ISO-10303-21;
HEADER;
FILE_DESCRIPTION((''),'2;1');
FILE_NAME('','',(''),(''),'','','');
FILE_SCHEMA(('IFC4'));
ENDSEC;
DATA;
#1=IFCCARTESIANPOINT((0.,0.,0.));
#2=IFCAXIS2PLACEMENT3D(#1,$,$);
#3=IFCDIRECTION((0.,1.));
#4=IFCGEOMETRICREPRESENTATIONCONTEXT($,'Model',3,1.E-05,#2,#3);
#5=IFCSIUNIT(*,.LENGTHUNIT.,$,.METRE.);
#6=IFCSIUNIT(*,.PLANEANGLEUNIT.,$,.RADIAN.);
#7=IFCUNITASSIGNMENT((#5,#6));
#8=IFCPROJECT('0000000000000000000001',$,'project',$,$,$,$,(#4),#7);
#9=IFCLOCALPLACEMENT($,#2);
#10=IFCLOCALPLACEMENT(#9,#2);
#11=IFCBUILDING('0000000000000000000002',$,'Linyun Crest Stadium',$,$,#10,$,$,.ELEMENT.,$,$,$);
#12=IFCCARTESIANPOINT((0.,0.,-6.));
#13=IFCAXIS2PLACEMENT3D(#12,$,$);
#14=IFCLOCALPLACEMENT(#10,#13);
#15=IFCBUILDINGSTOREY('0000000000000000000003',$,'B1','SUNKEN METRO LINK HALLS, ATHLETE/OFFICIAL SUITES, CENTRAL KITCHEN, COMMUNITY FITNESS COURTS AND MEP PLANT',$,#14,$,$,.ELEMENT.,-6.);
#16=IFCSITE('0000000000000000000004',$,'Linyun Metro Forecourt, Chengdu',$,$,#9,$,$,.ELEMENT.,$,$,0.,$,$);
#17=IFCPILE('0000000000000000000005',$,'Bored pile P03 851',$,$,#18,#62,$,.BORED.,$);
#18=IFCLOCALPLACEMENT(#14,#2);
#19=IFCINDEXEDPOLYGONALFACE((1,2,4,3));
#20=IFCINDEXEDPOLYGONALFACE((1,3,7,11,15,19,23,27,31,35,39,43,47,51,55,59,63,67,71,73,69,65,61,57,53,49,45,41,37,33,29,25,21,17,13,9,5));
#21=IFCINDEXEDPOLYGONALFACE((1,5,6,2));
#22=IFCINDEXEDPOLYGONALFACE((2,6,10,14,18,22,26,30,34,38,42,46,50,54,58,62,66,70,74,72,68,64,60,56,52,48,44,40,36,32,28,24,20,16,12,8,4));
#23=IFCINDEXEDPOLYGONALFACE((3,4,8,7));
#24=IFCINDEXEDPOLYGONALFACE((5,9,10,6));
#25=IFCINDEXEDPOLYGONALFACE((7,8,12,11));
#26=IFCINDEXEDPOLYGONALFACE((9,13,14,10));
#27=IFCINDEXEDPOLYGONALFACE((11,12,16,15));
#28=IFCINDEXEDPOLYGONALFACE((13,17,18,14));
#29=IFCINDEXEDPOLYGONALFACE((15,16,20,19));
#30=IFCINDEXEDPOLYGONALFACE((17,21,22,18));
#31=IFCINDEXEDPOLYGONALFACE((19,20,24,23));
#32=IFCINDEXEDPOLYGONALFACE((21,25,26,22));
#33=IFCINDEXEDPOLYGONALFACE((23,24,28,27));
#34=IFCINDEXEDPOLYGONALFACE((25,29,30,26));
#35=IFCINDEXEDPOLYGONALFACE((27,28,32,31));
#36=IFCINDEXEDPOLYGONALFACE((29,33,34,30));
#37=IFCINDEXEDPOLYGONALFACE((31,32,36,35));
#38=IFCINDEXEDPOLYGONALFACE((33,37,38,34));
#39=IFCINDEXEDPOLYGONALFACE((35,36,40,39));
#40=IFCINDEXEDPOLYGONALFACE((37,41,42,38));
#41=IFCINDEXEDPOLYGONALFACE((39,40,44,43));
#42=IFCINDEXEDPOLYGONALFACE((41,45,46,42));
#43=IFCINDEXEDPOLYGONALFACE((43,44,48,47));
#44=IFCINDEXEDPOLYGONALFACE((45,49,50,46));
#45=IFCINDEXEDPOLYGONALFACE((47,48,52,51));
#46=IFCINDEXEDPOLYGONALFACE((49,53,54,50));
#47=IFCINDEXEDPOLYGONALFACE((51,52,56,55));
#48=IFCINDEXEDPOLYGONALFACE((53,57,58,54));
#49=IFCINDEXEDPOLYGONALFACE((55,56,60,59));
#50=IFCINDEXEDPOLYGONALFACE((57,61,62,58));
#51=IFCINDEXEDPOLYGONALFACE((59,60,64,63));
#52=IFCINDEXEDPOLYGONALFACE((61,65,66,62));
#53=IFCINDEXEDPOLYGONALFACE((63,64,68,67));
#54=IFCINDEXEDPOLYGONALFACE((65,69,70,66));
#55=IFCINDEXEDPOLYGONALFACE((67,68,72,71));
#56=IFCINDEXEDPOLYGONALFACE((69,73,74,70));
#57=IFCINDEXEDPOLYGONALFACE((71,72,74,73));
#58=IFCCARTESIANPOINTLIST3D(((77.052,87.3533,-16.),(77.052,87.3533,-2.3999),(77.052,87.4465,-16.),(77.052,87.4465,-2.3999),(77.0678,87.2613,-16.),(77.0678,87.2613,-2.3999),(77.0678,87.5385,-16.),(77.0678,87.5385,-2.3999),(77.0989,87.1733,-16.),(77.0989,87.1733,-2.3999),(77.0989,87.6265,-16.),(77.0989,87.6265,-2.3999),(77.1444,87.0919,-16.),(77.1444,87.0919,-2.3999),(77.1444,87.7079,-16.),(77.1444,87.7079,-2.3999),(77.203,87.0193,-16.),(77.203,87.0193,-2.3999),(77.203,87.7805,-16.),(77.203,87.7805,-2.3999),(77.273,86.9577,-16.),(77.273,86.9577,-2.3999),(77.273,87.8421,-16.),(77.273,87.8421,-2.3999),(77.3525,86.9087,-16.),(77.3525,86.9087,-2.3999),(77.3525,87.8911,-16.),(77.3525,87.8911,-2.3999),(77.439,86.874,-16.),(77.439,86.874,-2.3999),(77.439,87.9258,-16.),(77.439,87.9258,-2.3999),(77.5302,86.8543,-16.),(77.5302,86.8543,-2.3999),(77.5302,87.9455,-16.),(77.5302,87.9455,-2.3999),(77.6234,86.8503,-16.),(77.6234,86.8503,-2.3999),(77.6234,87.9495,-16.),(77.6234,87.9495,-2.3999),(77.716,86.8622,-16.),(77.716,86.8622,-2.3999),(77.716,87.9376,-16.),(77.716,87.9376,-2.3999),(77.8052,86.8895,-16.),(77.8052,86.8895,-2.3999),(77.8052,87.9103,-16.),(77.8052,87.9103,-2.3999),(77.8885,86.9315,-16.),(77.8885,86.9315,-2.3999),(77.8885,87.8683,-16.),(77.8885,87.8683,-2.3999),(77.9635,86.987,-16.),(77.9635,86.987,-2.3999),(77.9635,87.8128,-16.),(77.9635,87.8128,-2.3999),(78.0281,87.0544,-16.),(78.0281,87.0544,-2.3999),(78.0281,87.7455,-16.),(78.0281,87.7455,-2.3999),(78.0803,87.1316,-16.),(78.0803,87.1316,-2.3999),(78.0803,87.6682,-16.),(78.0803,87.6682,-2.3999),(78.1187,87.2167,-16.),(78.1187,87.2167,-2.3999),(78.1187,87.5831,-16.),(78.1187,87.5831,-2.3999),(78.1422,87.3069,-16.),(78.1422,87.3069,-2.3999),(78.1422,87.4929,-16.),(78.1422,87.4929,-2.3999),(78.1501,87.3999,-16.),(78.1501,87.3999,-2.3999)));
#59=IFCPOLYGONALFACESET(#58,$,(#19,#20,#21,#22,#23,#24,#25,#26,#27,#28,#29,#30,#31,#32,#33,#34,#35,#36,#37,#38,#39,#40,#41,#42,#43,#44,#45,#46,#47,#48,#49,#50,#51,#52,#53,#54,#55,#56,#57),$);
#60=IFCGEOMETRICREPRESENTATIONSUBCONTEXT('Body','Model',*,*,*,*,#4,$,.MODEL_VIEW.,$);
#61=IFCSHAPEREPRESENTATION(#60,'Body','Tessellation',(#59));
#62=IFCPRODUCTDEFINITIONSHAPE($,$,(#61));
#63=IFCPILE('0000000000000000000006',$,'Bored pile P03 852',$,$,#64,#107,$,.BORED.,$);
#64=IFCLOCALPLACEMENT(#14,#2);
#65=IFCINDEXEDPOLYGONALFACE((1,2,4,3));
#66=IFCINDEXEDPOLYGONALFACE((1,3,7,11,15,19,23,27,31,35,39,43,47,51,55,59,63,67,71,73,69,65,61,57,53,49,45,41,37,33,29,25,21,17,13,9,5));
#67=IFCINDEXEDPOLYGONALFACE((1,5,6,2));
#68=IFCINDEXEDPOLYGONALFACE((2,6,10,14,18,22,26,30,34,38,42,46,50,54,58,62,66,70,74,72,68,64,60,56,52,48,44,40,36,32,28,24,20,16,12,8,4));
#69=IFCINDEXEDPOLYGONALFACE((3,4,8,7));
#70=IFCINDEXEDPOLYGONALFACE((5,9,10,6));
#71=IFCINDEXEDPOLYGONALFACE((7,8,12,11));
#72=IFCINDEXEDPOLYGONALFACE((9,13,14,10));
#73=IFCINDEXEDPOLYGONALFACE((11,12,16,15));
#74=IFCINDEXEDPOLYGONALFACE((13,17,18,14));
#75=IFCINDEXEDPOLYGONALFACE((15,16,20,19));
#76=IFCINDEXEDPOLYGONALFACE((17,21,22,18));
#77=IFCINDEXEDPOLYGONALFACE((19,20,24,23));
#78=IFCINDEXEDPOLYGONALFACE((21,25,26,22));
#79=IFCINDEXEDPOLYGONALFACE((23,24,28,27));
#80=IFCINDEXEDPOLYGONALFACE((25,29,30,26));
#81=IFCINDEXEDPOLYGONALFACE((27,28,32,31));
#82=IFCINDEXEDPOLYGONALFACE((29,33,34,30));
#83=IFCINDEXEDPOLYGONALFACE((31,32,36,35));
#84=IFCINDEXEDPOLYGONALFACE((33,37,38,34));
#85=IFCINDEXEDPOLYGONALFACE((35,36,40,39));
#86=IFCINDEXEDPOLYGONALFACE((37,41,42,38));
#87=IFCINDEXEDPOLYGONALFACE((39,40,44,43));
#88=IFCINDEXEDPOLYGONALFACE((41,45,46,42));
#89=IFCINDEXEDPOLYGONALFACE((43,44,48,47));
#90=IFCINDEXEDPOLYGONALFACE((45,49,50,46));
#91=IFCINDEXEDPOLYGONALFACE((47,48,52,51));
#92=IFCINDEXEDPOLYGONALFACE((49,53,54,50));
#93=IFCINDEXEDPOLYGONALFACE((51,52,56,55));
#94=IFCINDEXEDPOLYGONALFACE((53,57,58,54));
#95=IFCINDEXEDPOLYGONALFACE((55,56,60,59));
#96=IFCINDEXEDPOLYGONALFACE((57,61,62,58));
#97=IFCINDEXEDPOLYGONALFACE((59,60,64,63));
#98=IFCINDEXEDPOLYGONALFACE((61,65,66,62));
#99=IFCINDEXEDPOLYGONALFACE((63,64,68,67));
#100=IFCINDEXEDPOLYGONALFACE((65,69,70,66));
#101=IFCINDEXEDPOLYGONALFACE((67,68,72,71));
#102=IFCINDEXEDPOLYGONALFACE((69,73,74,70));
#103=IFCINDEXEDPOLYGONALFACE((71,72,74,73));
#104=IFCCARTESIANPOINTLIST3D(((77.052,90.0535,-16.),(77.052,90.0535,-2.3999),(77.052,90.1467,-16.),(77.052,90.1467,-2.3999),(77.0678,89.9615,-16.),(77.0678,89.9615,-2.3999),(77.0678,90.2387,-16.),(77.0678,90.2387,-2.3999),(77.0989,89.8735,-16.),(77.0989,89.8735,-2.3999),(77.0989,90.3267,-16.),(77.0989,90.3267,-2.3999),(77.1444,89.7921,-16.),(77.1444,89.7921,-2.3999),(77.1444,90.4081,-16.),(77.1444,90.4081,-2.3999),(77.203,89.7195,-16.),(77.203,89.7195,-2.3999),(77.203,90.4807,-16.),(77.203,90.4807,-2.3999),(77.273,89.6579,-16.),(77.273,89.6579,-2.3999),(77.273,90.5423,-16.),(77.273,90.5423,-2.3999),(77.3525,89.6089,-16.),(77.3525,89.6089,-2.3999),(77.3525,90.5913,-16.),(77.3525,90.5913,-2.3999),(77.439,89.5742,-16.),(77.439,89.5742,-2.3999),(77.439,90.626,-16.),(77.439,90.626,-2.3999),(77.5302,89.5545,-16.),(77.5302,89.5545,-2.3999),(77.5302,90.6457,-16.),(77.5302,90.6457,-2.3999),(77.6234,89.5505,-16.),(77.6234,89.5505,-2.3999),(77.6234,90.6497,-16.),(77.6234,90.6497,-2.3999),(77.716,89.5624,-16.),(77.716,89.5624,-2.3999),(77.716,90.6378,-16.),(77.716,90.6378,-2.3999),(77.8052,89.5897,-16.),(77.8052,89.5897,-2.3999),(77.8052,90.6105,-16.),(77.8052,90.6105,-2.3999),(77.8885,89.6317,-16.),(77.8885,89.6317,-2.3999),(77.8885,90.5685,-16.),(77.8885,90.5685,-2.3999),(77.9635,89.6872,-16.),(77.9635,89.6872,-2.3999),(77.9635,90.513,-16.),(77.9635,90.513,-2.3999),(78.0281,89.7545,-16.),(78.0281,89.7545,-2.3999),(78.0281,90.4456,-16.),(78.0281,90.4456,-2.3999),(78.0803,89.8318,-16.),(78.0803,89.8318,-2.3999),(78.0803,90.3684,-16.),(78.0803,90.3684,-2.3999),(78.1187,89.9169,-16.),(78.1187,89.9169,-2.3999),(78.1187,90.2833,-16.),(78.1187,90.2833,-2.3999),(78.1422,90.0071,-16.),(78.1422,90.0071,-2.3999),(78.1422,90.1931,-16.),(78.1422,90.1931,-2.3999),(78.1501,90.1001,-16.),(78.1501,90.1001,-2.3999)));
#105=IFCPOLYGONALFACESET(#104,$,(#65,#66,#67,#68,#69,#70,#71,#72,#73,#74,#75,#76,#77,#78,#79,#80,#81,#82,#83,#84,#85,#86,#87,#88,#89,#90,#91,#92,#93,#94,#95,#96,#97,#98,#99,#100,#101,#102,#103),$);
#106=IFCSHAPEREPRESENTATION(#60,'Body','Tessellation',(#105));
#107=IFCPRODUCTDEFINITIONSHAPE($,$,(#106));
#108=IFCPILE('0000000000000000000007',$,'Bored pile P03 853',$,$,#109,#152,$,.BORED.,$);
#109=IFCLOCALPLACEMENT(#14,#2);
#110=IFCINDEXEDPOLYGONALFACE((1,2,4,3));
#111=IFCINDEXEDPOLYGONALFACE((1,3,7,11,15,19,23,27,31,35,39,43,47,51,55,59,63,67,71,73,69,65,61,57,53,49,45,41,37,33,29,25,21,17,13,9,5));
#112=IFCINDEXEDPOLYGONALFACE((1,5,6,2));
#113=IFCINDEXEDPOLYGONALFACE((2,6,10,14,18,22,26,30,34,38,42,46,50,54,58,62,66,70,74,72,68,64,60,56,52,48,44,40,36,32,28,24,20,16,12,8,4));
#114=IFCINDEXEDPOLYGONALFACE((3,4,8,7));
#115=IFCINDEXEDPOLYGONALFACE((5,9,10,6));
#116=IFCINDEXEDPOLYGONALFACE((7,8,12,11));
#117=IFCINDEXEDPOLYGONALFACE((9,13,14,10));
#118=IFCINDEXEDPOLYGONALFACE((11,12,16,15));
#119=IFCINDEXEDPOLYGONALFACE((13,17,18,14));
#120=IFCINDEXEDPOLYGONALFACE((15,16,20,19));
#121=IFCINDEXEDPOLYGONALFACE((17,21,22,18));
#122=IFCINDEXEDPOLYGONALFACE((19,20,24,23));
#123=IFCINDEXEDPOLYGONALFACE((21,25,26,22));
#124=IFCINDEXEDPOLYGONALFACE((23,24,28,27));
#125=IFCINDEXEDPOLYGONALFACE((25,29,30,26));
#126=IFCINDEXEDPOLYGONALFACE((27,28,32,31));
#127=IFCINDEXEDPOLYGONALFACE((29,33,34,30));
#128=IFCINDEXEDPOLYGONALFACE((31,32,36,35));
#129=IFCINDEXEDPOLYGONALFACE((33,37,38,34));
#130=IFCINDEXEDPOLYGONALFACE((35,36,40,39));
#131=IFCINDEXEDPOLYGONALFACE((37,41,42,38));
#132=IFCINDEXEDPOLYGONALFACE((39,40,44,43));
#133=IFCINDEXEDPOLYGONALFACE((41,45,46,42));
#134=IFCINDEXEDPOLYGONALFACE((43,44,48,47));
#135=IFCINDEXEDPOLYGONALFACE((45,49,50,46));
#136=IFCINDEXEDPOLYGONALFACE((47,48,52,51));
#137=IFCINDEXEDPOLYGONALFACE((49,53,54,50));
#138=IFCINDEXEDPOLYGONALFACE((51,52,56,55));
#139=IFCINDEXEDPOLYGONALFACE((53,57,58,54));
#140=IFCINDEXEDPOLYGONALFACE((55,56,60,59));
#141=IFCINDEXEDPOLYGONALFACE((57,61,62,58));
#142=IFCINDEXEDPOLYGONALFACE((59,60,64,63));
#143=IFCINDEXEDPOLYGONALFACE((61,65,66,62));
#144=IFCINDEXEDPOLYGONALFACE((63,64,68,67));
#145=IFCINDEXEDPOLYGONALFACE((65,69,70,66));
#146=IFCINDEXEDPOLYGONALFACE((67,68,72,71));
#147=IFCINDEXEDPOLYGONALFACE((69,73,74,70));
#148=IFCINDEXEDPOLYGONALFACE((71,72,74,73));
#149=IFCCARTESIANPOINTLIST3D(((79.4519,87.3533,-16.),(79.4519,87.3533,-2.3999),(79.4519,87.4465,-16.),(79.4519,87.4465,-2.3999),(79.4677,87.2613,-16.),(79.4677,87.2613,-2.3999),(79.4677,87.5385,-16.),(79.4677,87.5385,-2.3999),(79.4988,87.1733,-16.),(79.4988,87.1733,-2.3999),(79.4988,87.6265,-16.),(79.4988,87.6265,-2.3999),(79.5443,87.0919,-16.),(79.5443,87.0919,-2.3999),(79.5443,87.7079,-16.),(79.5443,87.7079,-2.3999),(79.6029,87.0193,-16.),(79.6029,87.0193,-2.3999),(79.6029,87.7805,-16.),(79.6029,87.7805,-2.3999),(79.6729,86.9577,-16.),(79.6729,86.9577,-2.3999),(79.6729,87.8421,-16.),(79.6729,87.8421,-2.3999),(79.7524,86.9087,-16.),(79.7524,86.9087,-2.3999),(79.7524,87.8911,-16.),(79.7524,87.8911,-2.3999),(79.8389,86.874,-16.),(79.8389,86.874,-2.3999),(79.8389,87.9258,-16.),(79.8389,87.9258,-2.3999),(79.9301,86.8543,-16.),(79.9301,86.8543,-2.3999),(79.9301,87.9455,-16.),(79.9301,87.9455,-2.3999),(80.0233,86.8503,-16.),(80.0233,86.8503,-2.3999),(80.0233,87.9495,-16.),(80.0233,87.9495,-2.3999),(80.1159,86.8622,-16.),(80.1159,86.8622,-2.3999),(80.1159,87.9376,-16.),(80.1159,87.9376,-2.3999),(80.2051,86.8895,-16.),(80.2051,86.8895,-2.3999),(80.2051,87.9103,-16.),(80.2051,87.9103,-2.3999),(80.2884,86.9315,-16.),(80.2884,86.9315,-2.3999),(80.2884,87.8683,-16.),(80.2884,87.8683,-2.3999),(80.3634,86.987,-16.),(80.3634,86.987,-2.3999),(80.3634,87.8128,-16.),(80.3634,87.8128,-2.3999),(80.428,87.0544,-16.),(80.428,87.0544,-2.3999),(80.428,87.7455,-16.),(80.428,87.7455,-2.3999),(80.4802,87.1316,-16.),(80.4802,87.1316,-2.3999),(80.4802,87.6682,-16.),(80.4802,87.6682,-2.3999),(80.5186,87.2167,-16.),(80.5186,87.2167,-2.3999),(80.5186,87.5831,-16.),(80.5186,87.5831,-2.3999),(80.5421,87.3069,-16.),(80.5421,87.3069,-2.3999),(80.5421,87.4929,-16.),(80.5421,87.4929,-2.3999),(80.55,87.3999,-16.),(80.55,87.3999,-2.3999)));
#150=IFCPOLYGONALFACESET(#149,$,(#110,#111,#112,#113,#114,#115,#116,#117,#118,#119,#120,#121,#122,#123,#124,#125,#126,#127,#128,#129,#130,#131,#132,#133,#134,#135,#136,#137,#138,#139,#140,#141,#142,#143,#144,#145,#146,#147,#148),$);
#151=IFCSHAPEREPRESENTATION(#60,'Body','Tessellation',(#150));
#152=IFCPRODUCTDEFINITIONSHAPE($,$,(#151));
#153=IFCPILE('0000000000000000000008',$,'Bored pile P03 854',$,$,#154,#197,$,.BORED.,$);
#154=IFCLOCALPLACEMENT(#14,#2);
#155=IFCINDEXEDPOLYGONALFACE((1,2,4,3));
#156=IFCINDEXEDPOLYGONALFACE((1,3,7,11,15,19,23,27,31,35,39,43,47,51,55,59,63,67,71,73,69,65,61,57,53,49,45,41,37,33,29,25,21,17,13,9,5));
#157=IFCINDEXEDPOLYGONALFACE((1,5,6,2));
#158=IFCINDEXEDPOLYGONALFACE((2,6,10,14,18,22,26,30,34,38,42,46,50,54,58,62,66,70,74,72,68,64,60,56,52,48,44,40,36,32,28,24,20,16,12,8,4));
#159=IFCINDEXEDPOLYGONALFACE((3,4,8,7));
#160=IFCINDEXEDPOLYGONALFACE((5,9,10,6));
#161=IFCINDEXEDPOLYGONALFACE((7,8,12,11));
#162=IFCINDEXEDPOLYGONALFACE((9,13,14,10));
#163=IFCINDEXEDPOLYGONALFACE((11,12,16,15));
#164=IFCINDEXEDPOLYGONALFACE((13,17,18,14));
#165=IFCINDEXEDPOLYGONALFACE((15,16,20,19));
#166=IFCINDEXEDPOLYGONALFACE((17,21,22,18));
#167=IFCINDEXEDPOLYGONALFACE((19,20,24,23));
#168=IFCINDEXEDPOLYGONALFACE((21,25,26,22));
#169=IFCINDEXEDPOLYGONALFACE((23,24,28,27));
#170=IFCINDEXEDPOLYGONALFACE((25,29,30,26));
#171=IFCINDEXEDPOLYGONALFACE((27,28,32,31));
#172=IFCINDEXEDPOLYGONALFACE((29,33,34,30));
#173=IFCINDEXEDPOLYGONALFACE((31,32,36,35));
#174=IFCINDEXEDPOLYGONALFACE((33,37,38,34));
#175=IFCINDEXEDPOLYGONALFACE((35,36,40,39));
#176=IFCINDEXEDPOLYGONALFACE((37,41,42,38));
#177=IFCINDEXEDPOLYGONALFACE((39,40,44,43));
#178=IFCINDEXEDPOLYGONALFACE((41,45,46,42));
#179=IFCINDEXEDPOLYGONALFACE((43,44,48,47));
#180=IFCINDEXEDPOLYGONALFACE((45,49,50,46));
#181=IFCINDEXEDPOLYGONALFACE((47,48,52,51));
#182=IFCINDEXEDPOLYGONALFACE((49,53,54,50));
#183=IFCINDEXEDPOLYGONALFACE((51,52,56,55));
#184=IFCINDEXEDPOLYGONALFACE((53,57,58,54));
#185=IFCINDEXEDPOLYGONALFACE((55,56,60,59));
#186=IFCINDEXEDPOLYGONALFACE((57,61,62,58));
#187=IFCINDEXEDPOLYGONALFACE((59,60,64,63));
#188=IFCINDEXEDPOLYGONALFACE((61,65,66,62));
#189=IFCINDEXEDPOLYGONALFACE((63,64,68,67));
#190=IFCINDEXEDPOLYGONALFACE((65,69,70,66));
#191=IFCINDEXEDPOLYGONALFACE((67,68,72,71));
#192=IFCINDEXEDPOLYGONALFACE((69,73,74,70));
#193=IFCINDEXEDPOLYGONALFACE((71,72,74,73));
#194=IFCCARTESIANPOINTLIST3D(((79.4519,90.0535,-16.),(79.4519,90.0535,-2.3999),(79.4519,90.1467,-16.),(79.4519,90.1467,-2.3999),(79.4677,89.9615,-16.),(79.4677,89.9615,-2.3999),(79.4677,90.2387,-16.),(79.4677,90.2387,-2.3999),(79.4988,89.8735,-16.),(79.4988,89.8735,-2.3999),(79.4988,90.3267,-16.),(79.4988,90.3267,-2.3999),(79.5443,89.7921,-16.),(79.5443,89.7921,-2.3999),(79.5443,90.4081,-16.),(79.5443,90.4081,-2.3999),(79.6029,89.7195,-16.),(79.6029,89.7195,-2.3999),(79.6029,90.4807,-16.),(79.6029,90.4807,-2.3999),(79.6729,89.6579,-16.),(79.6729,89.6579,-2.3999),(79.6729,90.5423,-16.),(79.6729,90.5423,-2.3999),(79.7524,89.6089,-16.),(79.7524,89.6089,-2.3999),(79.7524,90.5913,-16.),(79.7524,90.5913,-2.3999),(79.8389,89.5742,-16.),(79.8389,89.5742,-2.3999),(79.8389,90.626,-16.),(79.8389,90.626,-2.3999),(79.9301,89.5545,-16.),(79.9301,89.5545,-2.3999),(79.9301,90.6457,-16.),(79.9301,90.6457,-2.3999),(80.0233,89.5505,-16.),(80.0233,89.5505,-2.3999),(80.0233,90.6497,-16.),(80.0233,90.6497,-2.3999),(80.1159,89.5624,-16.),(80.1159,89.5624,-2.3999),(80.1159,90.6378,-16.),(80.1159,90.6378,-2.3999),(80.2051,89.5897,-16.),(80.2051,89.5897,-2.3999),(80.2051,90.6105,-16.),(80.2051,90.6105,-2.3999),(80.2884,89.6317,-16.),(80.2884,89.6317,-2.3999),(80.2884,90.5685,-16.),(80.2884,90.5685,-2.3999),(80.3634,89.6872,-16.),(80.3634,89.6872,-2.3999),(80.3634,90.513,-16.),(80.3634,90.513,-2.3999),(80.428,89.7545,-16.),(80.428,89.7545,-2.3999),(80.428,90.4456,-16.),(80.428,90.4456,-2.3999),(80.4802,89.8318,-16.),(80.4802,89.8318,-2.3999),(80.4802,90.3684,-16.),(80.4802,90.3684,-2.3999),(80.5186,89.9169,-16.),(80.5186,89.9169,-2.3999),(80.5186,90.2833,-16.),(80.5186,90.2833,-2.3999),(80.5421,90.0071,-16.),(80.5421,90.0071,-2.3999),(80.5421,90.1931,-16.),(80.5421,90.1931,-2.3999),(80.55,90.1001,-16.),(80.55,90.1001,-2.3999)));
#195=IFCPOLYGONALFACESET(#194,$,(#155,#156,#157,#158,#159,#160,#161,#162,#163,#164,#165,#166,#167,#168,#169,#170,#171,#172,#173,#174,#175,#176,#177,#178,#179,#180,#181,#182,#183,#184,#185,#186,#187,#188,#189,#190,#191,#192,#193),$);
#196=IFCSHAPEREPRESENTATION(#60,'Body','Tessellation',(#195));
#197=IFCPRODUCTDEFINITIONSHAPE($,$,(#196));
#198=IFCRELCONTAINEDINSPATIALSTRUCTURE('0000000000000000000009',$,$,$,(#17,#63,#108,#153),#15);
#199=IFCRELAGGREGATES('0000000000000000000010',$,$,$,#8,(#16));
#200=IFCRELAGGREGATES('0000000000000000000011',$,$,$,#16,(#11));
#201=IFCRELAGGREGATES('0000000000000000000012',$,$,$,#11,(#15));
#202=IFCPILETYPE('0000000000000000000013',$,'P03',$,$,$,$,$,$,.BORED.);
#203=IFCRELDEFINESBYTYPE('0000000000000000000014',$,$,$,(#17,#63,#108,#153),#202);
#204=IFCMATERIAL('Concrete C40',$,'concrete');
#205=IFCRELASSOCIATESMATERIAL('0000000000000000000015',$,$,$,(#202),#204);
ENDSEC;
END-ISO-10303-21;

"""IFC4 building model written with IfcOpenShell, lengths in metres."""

from ifc_helpers import new_model, si_unit, direction, frame, origin, origin_2d, place, context, subcontext, project, spatial, circle, extrude, material, material_profile, profile_set, type_object, element, save


model = new_model("IFC4")

# Units and contexts
model_context = context("Model", 3, precision=1e-05, world=origin(), true_north=direction((0.0, 1.0)))
body_context = subcontext(model_context, "Body", "Model", "MODEL_VIEW")
ifc_project = project(units=[si_unit("LENGTHUNIT", "METRE"), si_unit("PLANEANGLEUNIT", "RADIAN")], contexts=[model_context])

# Site, building, storey
site_placement = place(None, origin())
site = spatial("IfcSite", under=ifc_project, at=site_placement, Name="Linyun Metro Forecourt, Chengdu", CompositionType="ELEMENT", RefElevation=0.0)
building_placement = place(site_placement, origin())
building = spatial("IfcBuilding", under=site, at=building_placement, Name="Linyun Crest Stadium", CompositionType="ELEMENT")
storey_placement = place(building_placement, frame((0.0, 0.0, -6.0)))
storey = spatial("IfcBuildingStorey", under=building, at=storey_placement, Name="B1", Description="SUNKEN METRO LINK HALLS, ATHLETE/OFFICIAL SUITES, CENTRAL KITCHEN, COMMUNITY FITNESS COURTS AND MEP PLANT", CompositionType="ELEMENT", Elevation=-6.0)

# Piles
ifc_material_1 = material(Name="Concrete C40", Category="concrete")
ifc_material_profile_1 = material_profile(ifc_material_1, circle(Radius=0.55, at=origin_2d()), Name="BORED PILE 1100")
ifc_profile_set_1 = profile_set([ifc_material_profile_1], Name="Concrete C40")
pile_type_1 = type_object("IfcPileType", Name="P03", PredefinedType="BORED", material=ifc_profile_set_1)
for number, where, z_axis, x_axis, name in (
    (1, (77.6001, 87.3999, -2.3999), (0.0, 0.0, -1.0), (1.0, 0.0, 0.0), "Bored pile P03 851"),
    (2, (77.6001, 90.1001, -2.3999), (0.0, 0.0, -1.0), (1.0, 0.0, 0.0), "Bored pile P03 852"),
    (3, (80.0, 87.3999, -2.3999), (0.0, 0.0, -1.0), (1.0, 0.0, 0.0), "Bored pile P03 853"),
    (4, (80.0, 90.1001, -2.3999), (0.0, 0.0, -1.0), (1.0, 0.0, 0.0), "Bored pile P03 854"),
):
    element("IfcPile", number, at=place(storey_placement, frame(where, z_axis=z_axis, x_axis=x_axis)), inside=storey, type_object=pile_type_1, Name=name, PredefinedType="BORED", context=body_context, shape_type="SweptSolid", body=[
        extrude(circle(Radius=0.55, at=origin_2d()), origin(), (0.0, 0.0, 1.0), 13.6001),
    ])

save(model, "model.ifc")
